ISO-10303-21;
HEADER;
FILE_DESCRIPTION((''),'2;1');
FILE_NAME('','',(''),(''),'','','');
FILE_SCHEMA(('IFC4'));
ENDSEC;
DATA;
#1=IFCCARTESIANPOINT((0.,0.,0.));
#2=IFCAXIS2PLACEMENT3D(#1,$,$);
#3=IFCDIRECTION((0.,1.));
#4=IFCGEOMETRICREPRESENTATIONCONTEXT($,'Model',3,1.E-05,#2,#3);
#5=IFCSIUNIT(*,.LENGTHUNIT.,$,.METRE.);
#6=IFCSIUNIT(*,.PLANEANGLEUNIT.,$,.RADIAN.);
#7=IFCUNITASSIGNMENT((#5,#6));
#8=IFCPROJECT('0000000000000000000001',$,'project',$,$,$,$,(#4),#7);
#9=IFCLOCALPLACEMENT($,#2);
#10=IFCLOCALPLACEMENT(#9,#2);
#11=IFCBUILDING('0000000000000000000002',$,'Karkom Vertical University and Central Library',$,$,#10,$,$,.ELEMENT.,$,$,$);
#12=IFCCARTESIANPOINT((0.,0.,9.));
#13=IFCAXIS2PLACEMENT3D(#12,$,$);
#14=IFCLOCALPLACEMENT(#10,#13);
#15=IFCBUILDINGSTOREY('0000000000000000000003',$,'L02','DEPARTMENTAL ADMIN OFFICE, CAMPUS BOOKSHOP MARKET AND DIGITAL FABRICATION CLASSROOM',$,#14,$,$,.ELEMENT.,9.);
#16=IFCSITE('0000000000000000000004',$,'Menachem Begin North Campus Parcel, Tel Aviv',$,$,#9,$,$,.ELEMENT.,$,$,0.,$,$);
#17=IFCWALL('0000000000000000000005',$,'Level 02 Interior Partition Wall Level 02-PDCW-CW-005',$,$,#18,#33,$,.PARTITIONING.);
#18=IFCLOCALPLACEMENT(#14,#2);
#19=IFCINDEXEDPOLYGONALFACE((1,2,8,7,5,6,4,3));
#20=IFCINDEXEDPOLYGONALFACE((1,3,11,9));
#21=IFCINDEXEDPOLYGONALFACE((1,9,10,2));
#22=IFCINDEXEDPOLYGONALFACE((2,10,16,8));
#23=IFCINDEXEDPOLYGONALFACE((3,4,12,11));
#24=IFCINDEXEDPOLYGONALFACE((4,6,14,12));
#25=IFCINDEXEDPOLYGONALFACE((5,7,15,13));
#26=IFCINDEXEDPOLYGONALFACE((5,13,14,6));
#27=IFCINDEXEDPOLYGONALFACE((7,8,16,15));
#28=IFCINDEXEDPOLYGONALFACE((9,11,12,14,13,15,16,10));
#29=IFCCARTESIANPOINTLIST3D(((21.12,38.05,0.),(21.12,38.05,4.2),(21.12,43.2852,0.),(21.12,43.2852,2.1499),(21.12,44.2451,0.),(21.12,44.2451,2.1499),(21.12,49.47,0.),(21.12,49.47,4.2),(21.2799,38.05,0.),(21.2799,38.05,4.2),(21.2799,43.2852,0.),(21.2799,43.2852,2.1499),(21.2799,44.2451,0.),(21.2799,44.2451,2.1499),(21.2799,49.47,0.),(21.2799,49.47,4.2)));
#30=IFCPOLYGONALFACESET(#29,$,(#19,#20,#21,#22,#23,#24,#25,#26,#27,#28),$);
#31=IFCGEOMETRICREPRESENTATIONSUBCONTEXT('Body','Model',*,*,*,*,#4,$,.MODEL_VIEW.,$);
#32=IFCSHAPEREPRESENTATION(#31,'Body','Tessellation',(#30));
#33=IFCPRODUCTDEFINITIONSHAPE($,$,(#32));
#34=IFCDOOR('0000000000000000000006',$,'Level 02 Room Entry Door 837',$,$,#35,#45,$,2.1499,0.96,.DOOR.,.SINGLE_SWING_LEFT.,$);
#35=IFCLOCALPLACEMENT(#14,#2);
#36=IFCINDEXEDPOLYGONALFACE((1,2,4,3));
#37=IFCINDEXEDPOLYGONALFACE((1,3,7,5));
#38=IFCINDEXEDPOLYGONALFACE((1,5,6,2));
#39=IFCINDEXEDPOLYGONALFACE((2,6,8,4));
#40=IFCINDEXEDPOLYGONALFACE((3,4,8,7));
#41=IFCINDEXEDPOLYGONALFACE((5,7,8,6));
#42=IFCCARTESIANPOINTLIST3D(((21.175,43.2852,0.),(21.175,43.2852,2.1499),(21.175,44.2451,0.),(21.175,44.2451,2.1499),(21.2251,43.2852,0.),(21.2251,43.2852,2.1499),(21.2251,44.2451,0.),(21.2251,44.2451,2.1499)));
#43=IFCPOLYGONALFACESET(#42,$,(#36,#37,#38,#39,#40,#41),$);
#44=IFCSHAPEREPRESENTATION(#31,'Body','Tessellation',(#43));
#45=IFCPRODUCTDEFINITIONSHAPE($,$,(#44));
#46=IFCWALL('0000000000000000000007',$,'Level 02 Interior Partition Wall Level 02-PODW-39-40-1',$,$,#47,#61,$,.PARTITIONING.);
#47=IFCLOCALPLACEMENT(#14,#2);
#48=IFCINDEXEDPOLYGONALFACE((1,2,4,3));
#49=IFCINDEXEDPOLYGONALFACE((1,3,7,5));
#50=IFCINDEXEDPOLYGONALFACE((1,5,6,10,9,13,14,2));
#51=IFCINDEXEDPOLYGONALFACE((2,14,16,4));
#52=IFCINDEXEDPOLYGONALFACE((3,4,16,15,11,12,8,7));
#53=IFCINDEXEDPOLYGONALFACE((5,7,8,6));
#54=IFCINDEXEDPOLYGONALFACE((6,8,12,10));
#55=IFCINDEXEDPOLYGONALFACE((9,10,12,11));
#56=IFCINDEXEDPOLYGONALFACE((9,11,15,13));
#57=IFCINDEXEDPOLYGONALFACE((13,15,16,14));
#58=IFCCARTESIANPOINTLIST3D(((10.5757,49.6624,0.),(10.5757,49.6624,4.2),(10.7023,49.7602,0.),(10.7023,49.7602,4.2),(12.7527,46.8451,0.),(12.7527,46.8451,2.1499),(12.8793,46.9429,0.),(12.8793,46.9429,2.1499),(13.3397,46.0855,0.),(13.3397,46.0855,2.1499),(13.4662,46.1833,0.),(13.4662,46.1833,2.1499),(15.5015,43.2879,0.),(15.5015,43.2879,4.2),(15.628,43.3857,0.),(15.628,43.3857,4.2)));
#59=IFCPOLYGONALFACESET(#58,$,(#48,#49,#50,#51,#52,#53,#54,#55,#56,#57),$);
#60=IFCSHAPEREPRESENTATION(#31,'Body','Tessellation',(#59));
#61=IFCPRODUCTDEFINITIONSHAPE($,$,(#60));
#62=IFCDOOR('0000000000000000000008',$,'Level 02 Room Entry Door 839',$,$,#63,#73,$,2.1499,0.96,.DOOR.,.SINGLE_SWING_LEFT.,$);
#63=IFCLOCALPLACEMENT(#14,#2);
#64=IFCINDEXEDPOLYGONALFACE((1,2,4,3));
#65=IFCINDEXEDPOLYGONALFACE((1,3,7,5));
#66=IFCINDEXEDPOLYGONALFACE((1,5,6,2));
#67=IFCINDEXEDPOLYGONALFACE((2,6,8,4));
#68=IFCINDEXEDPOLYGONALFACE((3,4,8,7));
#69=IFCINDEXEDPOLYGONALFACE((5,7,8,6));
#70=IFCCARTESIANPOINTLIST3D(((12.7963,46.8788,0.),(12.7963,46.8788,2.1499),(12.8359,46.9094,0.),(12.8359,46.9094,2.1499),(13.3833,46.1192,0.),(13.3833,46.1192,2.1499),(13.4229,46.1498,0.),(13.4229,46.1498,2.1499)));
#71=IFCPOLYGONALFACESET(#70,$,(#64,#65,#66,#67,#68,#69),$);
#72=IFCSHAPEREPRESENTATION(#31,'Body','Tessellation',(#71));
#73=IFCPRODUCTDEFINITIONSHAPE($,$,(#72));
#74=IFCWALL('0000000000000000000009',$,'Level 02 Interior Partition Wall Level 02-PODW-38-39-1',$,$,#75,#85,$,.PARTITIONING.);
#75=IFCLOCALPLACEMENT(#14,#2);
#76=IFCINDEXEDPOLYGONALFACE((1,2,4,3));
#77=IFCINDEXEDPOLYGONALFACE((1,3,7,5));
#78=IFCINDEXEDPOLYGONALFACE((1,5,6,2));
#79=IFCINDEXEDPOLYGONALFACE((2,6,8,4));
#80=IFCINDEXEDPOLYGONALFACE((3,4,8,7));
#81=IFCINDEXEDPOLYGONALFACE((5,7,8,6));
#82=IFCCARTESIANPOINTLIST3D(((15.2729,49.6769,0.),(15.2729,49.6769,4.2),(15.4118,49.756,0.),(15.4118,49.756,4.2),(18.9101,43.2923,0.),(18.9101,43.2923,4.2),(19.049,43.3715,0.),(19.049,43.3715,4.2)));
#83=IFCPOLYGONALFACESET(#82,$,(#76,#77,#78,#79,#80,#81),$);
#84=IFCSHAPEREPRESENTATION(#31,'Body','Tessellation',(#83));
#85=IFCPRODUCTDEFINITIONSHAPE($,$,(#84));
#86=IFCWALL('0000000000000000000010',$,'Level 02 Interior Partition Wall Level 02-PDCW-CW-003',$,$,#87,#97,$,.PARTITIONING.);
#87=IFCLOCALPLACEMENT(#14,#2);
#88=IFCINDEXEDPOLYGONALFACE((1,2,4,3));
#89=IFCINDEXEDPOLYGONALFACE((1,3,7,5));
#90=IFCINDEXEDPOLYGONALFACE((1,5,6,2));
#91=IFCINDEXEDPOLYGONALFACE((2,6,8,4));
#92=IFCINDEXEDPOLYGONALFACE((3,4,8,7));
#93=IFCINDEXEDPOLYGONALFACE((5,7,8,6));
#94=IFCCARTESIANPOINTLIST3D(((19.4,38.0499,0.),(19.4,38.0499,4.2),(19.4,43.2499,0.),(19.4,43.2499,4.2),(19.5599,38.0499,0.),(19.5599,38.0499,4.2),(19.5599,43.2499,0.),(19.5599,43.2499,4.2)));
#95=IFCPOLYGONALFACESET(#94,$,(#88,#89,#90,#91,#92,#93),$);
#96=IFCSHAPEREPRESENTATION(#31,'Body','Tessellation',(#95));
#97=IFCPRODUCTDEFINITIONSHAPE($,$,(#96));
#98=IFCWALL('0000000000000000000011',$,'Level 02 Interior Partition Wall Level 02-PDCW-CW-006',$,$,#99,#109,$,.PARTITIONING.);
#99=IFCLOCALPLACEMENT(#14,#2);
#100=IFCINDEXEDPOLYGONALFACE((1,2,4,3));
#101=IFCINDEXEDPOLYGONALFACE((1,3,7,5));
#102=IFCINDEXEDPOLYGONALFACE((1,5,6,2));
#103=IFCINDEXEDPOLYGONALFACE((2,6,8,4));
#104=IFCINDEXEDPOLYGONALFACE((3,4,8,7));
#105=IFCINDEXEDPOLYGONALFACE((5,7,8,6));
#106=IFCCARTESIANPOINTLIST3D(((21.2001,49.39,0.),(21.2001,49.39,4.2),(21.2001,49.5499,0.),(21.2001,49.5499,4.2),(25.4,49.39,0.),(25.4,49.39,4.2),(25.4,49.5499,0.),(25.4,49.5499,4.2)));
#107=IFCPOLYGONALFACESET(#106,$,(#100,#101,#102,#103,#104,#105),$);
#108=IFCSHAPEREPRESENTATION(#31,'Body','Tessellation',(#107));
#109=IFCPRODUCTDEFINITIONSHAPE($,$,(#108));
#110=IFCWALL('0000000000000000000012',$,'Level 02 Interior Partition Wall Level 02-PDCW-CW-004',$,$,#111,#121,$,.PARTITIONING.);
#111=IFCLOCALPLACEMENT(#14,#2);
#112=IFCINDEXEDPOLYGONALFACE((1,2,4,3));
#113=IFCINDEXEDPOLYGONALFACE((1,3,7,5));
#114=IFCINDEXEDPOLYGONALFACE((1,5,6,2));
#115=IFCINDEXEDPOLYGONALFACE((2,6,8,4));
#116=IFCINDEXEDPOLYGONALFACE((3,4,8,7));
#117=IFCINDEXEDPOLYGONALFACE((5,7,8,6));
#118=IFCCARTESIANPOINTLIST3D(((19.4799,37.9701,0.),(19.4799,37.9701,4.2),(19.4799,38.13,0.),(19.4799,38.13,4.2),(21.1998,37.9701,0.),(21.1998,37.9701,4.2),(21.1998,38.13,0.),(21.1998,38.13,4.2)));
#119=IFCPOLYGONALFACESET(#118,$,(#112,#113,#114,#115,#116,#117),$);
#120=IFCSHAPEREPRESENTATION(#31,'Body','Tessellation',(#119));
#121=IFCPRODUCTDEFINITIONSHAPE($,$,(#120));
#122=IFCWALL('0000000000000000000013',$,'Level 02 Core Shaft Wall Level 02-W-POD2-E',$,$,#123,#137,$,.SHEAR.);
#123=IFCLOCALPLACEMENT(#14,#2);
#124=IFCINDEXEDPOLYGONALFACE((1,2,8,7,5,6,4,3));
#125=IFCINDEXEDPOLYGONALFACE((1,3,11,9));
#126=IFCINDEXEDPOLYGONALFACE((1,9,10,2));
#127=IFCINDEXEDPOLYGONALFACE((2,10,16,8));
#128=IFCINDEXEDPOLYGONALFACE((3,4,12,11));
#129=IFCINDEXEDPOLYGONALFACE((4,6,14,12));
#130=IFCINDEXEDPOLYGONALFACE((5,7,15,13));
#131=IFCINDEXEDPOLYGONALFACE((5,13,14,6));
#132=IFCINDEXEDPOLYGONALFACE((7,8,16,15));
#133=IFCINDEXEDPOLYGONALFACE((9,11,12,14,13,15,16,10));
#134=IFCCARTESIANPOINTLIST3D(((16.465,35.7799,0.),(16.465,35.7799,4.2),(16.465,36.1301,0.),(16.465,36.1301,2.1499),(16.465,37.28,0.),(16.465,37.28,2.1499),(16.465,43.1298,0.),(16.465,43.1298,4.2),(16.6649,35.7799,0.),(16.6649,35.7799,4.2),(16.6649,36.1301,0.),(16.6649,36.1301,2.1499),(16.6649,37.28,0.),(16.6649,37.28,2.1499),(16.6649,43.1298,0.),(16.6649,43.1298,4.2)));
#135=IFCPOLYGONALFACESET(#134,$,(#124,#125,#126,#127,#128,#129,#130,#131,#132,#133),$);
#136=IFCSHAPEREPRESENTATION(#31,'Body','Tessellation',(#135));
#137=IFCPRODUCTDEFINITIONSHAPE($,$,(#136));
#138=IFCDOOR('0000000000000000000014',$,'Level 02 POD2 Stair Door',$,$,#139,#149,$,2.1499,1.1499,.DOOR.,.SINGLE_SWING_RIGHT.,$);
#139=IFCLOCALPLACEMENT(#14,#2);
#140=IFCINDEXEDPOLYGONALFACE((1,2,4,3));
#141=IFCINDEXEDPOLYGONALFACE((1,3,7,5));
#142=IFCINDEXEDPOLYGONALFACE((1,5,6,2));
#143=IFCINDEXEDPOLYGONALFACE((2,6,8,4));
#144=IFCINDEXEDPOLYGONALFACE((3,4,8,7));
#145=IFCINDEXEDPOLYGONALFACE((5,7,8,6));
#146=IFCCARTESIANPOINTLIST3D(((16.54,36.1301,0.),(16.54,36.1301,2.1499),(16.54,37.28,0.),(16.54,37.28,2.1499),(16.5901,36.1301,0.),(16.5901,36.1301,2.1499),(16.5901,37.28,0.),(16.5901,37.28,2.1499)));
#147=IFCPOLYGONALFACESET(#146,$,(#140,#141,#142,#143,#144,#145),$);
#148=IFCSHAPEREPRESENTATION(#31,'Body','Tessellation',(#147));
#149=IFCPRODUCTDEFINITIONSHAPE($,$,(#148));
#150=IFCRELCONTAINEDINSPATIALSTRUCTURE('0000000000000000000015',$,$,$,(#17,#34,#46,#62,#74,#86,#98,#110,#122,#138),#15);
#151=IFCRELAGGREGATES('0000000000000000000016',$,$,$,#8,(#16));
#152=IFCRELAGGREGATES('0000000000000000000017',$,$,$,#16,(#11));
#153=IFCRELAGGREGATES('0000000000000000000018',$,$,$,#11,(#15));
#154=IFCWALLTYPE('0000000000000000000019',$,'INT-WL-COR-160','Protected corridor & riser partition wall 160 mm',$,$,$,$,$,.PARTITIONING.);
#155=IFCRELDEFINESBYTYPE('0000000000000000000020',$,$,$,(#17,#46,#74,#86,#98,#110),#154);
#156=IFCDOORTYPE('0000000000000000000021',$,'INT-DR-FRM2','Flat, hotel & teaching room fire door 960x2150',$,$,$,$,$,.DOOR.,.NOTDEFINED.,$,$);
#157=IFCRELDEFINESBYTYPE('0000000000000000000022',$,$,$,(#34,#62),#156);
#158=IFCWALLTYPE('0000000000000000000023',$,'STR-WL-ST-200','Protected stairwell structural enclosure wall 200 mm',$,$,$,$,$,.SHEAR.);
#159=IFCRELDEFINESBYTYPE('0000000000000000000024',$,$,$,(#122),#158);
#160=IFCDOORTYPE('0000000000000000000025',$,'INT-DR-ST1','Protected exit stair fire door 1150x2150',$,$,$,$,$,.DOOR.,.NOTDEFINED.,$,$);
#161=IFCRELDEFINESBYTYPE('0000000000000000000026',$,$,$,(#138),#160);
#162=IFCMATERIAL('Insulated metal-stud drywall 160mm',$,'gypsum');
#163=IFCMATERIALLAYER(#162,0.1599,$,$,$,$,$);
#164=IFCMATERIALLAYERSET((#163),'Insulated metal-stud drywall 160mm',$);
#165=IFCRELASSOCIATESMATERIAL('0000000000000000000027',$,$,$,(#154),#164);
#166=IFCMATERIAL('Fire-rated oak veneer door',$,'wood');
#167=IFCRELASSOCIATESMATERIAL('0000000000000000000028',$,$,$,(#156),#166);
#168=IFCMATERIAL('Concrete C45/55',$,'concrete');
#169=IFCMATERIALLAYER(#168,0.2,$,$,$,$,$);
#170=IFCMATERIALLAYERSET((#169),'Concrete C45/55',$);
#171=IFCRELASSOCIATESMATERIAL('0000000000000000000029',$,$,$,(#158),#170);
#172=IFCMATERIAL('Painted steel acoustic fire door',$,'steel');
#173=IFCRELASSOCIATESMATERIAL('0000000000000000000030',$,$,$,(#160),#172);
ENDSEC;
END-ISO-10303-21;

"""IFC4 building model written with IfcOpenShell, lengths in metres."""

from ifc_helpers import new_model, si_unit, direction, frame, frame_2d, origin, origin_with_axes, place, context, subcontext, project, spatial, rectangle, extrude, source, transform, mapped, material, layer, layer_set, type_object, element, fill, save


model = new_model("IFC4")

# Units and contexts
model_context = context("Model", 3, precision=1e-05, world=origin(), true_north=direction((0.0, 1.0)))
body_context = subcontext(model_context, "Body", "Model", "MODEL_VIEW")
ifc_project = project(units=[si_unit("LENGTHUNIT", "METRE"), si_unit("PLANEANGLEUNIT", "RADIAN")], contexts=[model_context])

# Site, building, storey
site_placement = place(None, origin())
site = spatial("IfcSite", under=ifc_project, at=site_placement, Name="Menachem Begin North Campus Parcel, Tel Aviv", CompositionType="ELEMENT", RefElevation=0.0)
building_placement = place(site_placement, origin())
building = spatial("IfcBuilding", under=site, at=building_placement, Name="Karkom Vertical University and Central Library", CompositionType="ELEMENT")
storey_placement = place(building_placement, frame((0.0, 0.0, 9.0)))
storey = spatial("IfcBuildingStorey", under=building, at=storey_placement, Name="L02", Description="DEPARTMENTAL ADMIN OFFICE, CAMPUS BOOKSHOP MARKET AND DIGITAL FABRICATION CLASSROOM", CompositionType="ELEMENT", Elevation=9.0)

# Walls, openings, doors
ifc_material_1 = material(Name="Insulated metal-stud drywall 160mm", Category="gypsum")
ifc_layer_1 = layer(ifc_material_1, 0.1599)
ifc_layer_set_1 = layer_set([ifc_layer_1], Name="Insulated metal-stud drywall 160mm")
wall_type_1 = type_object("IfcWallType", Name="INT-WL-COR-160", Description="Protected corridor & riser partition wall 160 mm", PredefinedType="PARTITIONING", material=ifc_layer_set_1)
wall_1_placement = place(storey_placement, frame((21.2, 38.05, 0.0), z_axis=(0.0, 0.0, 1.0), x_axis=(0.0, 1.0, 0.0)))
wall_1 = element("IfcWall", 1, at=wall_1_placement, inside=storey, type_object=wall_type_1, Name="Level 02 Interior Partition Wall Level 02-PDCW-CW-005", PredefinedType="PARTITIONING", context=body_context, shape_type="SweptSolid", body=[
    extrude(rectangle(XDim=11.4199, YDim=0.1599, at=frame_2d((5.71, 0.0))), origin(), (0.0, 0.0, 1.0), 4.2),
])
opening_1_placement = place(wall_1_placement, frame((5.2351, 0.0, 0.0)))
opening_1 = element("IfcOpeningElement", 2, at=opening_1_placement, cuts=wall_1, PredefinedType="OPENING", context=body_context, shape_type="SweptSolid", body=[
    extrude(rectangle(XDim=0.96, YDim=2.1499, at=frame_2d((0.48, 1.075))), frame((0.0, 0.0898, 0.0), z_axis=(0.0, -1.0, 0.0), x_axis=(1.0, 0.0, 0.0)), (0.0, 0.0, 1.0), 0.1799),
])
ifc_material_2 = material(Name="Fire-rated oak veneer door", Category="wood")
door_type_1 = type_object("IfcDoorType", Name="INT-DR-FRM2", Description="Flat, hotel & teaching room fire door 960x2150", OperationType="NOTDEFINED", PredefinedType="DOOR", material=ifc_material_2)
shared_shape_1 = source(origin_with_axes(), body_context, "Body", "SweptSolid", [
    extrude(rectangle(XDim=0.96, YDim=2.1499, at=frame_2d((0.48, 1.075))), frame((0.0, 0.0249, 0.0), z_axis=(0.0, -1.0, 0.0), x_axis=(1.0, 0.0, 0.0)), (0.0, 0.0, 1.0), 0.05),
])
door_1_placement = place(opening_1_placement, origin())
door_1 = element("IfcDoor", 3, at=door_1_placement, inside=storey, type_object=door_type_1, Name="Level 02 Room Entry Door 837", OperationType="SINGLE_SWING_LEFT", OverallHeight=2.1499, OverallWidth=0.96, PredefinedType="DOOR", context=body_context, shape_type="MappedRepresentation", body=[
    mapped(shared_shape_1, transform((0.0, 0.0, 0.0), scale=1.0)),
])
fill(opening_1, door_1)
wall_2_placement = place(storey_placement, frame((15.5647, 43.3369, 0.0), z_axis=(0.0, 0.0, 1.0), x_axis=(-0.611449, 0.791284, 0.0)))
wall_2 = element("IfcWall", 4, at=wall_2_placement, inside=storey, type_object=wall_type_1, Name="Level 02 Interior Partition Wall Level 02-PODW-39-40-1", PredefinedType="PARTITIONING", context=body_context, shape_type="SweptSolid", body=[
    extrude(rectangle(XDim=8.0559, YDim=0.1599, at=frame_2d((4.0278, 0.0))), origin(), (0.0, 0.0, 1.0), 4.2),
])
opening_2_placement = place(wall_2_placement, frame((3.5354, 0.0, 0.0)))
opening_2 = element("IfcOpeningElement", 5, at=opening_2_placement, cuts=wall_2, PredefinedType="OPENING", context=body_context, shape_type="SweptSolid", body=[
    extrude(rectangle(XDim=0.96, YDim=2.1499, at=frame_2d((0.48, 1.075))), frame((0.0, 0.0898, 0.0), z_axis=(0.0, -1.0, 0.0), x_axis=(1.0, 0.0, 0.0)), (0.0, 0.0, 1.0), 0.1799),
])
door_2_placement = place(opening_2_placement, origin())
door_2 = element("IfcDoor", 6, at=door_2_placement, inside=storey, type_object=door_type_1, Name="Level 02 Room Entry Door 839", OperationType="SINGLE_SWING_LEFT", OverallHeight=2.1499, OverallWidth=0.96, PredefinedType="DOOR", context=body_context, shape_type="MappedRepresentation", body=[
    mapped(shared_shape_1, transform((0.0, 0.0, 0.0), scale=1.0)),
])
fill(opening_2, door_2)

# Walls
wall_3_placement = place(storey_placement, frame((18.9795, 43.332, 0.0), z_axis=(0.0, 0.0, 1.0), x_axis=(-0.495001, 0.868893, 0.0)))
element("IfcWall", 7, at=wall_3_placement, inside=storey, type_object=wall_type_1, Name="Level 02 Interior Partition Wall Level 02-PODW-38-39-1", PredefinedType="PARTITIONING", context=body_context, shape_type="SweptSolid", body=[
    extrude(rectangle(XDim=7.3479, YDim=0.1599, at=frame_2d((3.6738, 0.0))), origin(), (0.0, 0.0, 1.0), 4.2),
])
wall_4_placement = place(storey_placement, frame((19.48, 43.25, 0.0), z_axis=(0.0, 0.0, 1.0), x_axis=(0.0, -1.0, 0.0)))
element("IfcWall", 8, at=wall_4_placement, inside=storey, type_object=wall_type_1, Name="Level 02 Interior Partition Wall Level 02-PDCW-CW-003", PredefinedType="PARTITIONING", context=body_context, shape_type="SweptSolid", body=[
    extrude(rectangle(XDim=5.2, YDim=0.1599, at=frame_2d((2.6001, 0.0))), origin(), (0.0, 0.0, 1.0), 4.2),
])
wall_5_placement = place(storey_placement, frame((21.2, 49.47, 0.0), z_axis=(0.0, 0.0, 1.0), x_axis=(1.0, 0.0, 0.0)))
element("IfcWall", 9, at=wall_5_placement, inside=storey, type_object=wall_type_1, Name="Level 02 Interior Partition Wall Level 02-PDCW-CW-006", PredefinedType="PARTITIONING", context=body_context, shape_type="SweptSolid", body=[
    extrude(rectangle(XDim=4.2, YDim=0.1599, at=frame_2d((2.1001, 0.0))), origin(), (0.0, 0.0, 1.0), 4.2),
])

# Wall
wall_6_placement = place(storey_placement, frame((19.48, 38.05, 0.0), z_axis=(0.0, 0.0, 1.0), x_axis=(1.0, 0.0, 0.0)))
element("IfcWall", 10, at=wall_6_placement, inside=storey, type_object=wall_type_1, Name="Level 02 Interior Partition Wall Level 02-PDCW-CW-004", PredefinedType="PARTITIONING", context=body_context, shape_type="SweptSolid", body=[
    extrude(rectangle(XDim=1.72, YDim=0.1599, at=frame_2d((0.8599, 0.0))), origin(), (0.0, 0.0, 1.0), 4.2),
])

# Wall, opening, door
ifc_material_3 = material(Name="Concrete C45/55", Category="concrete")
ifc_layer_2 = layer(ifc_material_3, 0.2)
ifc_layer_set_2 = layer_set([ifc_layer_2], Name="Concrete C45/55")
wall_type_2 = type_object("IfcWallType", Name="STR-WL-ST-200", Description="Protected stairwell structural enclosure wall 200 mm", PredefinedType="SHEAR", material=ifc_layer_set_2)
wall_7_placement = place(storey_placement, frame((16.5649, 35.78, 0.0), z_axis=(0.0, 0.0, 1.0), x_axis=(0.0, 1.0, 0.0)))
wall_7 = element("IfcWall", 11, at=wall_7_placement, inside=storey, type_object=wall_type_2, Name="Level 02 Core Shaft Wall Level 02-W-POD2-E", PredefinedType="SHEAR", context=body_context, shape_type="SweptSolid", body=[
    extrude(rectangle(XDim=7.3499, YDim=0.2, at=frame_2d((3.6748, 0.0))), origin(), (0.0, 0.0, 1.0), 4.2),
])
opening_3_placement = place(wall_7_placement, frame((0.3501, 0.0, 0.0)))
opening_3 = element("IfcOpeningElement", 12, at=opening_3_placement, cuts=wall_7, PredefinedType="OPENING", context=body_context, shape_type="SweptSolid", body=[
    extrude(rectangle(XDim=1.1499, YDim=2.1499, at=frame_2d((0.575, 1.075))), frame((0.0, 0.1099, 0.0), z_axis=(0.0, -1.0, 0.0), x_axis=(1.0, 0.0, 0.0)), (0.0, 0.0, 1.0), 0.22),
])
ifc_material_4 = material(Name="Painted steel acoustic fire door", Category="steel")
door_type_2 = type_object("IfcDoorType", Name="INT-DR-ST1", Description="Protected exit stair fire door 1150x2150", OperationType="NOTDEFINED", PredefinedType="DOOR", material=ifc_material_4)
shared_shape_2 = source(origin_with_axes(), body_context, "Body", "SweptSolid", [
    extrude(rectangle(XDim=1.1499, YDim=2.1499, at=frame_2d((0.575, 1.075))), frame((0.0, 0.0249, 0.0), z_axis=(0.0, -1.0, 0.0), x_axis=(1.0, 0.0, 0.0)), (0.0, 0.0, 1.0), 0.05),
])
door_3_placement = place(opening_3_placement, origin())
door_3 = element("IfcDoor", 13, at=door_3_placement, inside=storey, type_object=door_type_2, Name="Level 02 POD2 Stair Door", OperationType="SINGLE_SWING_RIGHT", OverallHeight=2.1499, OverallWidth=1.1499, PredefinedType="DOOR", context=body_context, shape_type="MappedRepresentation", body=[
    mapped(shared_shape_2, transform((0.0, 0.0, 0.0), scale=1.0)),
])
fill(opening_3, door_3)

save(model, "model.ifc")
